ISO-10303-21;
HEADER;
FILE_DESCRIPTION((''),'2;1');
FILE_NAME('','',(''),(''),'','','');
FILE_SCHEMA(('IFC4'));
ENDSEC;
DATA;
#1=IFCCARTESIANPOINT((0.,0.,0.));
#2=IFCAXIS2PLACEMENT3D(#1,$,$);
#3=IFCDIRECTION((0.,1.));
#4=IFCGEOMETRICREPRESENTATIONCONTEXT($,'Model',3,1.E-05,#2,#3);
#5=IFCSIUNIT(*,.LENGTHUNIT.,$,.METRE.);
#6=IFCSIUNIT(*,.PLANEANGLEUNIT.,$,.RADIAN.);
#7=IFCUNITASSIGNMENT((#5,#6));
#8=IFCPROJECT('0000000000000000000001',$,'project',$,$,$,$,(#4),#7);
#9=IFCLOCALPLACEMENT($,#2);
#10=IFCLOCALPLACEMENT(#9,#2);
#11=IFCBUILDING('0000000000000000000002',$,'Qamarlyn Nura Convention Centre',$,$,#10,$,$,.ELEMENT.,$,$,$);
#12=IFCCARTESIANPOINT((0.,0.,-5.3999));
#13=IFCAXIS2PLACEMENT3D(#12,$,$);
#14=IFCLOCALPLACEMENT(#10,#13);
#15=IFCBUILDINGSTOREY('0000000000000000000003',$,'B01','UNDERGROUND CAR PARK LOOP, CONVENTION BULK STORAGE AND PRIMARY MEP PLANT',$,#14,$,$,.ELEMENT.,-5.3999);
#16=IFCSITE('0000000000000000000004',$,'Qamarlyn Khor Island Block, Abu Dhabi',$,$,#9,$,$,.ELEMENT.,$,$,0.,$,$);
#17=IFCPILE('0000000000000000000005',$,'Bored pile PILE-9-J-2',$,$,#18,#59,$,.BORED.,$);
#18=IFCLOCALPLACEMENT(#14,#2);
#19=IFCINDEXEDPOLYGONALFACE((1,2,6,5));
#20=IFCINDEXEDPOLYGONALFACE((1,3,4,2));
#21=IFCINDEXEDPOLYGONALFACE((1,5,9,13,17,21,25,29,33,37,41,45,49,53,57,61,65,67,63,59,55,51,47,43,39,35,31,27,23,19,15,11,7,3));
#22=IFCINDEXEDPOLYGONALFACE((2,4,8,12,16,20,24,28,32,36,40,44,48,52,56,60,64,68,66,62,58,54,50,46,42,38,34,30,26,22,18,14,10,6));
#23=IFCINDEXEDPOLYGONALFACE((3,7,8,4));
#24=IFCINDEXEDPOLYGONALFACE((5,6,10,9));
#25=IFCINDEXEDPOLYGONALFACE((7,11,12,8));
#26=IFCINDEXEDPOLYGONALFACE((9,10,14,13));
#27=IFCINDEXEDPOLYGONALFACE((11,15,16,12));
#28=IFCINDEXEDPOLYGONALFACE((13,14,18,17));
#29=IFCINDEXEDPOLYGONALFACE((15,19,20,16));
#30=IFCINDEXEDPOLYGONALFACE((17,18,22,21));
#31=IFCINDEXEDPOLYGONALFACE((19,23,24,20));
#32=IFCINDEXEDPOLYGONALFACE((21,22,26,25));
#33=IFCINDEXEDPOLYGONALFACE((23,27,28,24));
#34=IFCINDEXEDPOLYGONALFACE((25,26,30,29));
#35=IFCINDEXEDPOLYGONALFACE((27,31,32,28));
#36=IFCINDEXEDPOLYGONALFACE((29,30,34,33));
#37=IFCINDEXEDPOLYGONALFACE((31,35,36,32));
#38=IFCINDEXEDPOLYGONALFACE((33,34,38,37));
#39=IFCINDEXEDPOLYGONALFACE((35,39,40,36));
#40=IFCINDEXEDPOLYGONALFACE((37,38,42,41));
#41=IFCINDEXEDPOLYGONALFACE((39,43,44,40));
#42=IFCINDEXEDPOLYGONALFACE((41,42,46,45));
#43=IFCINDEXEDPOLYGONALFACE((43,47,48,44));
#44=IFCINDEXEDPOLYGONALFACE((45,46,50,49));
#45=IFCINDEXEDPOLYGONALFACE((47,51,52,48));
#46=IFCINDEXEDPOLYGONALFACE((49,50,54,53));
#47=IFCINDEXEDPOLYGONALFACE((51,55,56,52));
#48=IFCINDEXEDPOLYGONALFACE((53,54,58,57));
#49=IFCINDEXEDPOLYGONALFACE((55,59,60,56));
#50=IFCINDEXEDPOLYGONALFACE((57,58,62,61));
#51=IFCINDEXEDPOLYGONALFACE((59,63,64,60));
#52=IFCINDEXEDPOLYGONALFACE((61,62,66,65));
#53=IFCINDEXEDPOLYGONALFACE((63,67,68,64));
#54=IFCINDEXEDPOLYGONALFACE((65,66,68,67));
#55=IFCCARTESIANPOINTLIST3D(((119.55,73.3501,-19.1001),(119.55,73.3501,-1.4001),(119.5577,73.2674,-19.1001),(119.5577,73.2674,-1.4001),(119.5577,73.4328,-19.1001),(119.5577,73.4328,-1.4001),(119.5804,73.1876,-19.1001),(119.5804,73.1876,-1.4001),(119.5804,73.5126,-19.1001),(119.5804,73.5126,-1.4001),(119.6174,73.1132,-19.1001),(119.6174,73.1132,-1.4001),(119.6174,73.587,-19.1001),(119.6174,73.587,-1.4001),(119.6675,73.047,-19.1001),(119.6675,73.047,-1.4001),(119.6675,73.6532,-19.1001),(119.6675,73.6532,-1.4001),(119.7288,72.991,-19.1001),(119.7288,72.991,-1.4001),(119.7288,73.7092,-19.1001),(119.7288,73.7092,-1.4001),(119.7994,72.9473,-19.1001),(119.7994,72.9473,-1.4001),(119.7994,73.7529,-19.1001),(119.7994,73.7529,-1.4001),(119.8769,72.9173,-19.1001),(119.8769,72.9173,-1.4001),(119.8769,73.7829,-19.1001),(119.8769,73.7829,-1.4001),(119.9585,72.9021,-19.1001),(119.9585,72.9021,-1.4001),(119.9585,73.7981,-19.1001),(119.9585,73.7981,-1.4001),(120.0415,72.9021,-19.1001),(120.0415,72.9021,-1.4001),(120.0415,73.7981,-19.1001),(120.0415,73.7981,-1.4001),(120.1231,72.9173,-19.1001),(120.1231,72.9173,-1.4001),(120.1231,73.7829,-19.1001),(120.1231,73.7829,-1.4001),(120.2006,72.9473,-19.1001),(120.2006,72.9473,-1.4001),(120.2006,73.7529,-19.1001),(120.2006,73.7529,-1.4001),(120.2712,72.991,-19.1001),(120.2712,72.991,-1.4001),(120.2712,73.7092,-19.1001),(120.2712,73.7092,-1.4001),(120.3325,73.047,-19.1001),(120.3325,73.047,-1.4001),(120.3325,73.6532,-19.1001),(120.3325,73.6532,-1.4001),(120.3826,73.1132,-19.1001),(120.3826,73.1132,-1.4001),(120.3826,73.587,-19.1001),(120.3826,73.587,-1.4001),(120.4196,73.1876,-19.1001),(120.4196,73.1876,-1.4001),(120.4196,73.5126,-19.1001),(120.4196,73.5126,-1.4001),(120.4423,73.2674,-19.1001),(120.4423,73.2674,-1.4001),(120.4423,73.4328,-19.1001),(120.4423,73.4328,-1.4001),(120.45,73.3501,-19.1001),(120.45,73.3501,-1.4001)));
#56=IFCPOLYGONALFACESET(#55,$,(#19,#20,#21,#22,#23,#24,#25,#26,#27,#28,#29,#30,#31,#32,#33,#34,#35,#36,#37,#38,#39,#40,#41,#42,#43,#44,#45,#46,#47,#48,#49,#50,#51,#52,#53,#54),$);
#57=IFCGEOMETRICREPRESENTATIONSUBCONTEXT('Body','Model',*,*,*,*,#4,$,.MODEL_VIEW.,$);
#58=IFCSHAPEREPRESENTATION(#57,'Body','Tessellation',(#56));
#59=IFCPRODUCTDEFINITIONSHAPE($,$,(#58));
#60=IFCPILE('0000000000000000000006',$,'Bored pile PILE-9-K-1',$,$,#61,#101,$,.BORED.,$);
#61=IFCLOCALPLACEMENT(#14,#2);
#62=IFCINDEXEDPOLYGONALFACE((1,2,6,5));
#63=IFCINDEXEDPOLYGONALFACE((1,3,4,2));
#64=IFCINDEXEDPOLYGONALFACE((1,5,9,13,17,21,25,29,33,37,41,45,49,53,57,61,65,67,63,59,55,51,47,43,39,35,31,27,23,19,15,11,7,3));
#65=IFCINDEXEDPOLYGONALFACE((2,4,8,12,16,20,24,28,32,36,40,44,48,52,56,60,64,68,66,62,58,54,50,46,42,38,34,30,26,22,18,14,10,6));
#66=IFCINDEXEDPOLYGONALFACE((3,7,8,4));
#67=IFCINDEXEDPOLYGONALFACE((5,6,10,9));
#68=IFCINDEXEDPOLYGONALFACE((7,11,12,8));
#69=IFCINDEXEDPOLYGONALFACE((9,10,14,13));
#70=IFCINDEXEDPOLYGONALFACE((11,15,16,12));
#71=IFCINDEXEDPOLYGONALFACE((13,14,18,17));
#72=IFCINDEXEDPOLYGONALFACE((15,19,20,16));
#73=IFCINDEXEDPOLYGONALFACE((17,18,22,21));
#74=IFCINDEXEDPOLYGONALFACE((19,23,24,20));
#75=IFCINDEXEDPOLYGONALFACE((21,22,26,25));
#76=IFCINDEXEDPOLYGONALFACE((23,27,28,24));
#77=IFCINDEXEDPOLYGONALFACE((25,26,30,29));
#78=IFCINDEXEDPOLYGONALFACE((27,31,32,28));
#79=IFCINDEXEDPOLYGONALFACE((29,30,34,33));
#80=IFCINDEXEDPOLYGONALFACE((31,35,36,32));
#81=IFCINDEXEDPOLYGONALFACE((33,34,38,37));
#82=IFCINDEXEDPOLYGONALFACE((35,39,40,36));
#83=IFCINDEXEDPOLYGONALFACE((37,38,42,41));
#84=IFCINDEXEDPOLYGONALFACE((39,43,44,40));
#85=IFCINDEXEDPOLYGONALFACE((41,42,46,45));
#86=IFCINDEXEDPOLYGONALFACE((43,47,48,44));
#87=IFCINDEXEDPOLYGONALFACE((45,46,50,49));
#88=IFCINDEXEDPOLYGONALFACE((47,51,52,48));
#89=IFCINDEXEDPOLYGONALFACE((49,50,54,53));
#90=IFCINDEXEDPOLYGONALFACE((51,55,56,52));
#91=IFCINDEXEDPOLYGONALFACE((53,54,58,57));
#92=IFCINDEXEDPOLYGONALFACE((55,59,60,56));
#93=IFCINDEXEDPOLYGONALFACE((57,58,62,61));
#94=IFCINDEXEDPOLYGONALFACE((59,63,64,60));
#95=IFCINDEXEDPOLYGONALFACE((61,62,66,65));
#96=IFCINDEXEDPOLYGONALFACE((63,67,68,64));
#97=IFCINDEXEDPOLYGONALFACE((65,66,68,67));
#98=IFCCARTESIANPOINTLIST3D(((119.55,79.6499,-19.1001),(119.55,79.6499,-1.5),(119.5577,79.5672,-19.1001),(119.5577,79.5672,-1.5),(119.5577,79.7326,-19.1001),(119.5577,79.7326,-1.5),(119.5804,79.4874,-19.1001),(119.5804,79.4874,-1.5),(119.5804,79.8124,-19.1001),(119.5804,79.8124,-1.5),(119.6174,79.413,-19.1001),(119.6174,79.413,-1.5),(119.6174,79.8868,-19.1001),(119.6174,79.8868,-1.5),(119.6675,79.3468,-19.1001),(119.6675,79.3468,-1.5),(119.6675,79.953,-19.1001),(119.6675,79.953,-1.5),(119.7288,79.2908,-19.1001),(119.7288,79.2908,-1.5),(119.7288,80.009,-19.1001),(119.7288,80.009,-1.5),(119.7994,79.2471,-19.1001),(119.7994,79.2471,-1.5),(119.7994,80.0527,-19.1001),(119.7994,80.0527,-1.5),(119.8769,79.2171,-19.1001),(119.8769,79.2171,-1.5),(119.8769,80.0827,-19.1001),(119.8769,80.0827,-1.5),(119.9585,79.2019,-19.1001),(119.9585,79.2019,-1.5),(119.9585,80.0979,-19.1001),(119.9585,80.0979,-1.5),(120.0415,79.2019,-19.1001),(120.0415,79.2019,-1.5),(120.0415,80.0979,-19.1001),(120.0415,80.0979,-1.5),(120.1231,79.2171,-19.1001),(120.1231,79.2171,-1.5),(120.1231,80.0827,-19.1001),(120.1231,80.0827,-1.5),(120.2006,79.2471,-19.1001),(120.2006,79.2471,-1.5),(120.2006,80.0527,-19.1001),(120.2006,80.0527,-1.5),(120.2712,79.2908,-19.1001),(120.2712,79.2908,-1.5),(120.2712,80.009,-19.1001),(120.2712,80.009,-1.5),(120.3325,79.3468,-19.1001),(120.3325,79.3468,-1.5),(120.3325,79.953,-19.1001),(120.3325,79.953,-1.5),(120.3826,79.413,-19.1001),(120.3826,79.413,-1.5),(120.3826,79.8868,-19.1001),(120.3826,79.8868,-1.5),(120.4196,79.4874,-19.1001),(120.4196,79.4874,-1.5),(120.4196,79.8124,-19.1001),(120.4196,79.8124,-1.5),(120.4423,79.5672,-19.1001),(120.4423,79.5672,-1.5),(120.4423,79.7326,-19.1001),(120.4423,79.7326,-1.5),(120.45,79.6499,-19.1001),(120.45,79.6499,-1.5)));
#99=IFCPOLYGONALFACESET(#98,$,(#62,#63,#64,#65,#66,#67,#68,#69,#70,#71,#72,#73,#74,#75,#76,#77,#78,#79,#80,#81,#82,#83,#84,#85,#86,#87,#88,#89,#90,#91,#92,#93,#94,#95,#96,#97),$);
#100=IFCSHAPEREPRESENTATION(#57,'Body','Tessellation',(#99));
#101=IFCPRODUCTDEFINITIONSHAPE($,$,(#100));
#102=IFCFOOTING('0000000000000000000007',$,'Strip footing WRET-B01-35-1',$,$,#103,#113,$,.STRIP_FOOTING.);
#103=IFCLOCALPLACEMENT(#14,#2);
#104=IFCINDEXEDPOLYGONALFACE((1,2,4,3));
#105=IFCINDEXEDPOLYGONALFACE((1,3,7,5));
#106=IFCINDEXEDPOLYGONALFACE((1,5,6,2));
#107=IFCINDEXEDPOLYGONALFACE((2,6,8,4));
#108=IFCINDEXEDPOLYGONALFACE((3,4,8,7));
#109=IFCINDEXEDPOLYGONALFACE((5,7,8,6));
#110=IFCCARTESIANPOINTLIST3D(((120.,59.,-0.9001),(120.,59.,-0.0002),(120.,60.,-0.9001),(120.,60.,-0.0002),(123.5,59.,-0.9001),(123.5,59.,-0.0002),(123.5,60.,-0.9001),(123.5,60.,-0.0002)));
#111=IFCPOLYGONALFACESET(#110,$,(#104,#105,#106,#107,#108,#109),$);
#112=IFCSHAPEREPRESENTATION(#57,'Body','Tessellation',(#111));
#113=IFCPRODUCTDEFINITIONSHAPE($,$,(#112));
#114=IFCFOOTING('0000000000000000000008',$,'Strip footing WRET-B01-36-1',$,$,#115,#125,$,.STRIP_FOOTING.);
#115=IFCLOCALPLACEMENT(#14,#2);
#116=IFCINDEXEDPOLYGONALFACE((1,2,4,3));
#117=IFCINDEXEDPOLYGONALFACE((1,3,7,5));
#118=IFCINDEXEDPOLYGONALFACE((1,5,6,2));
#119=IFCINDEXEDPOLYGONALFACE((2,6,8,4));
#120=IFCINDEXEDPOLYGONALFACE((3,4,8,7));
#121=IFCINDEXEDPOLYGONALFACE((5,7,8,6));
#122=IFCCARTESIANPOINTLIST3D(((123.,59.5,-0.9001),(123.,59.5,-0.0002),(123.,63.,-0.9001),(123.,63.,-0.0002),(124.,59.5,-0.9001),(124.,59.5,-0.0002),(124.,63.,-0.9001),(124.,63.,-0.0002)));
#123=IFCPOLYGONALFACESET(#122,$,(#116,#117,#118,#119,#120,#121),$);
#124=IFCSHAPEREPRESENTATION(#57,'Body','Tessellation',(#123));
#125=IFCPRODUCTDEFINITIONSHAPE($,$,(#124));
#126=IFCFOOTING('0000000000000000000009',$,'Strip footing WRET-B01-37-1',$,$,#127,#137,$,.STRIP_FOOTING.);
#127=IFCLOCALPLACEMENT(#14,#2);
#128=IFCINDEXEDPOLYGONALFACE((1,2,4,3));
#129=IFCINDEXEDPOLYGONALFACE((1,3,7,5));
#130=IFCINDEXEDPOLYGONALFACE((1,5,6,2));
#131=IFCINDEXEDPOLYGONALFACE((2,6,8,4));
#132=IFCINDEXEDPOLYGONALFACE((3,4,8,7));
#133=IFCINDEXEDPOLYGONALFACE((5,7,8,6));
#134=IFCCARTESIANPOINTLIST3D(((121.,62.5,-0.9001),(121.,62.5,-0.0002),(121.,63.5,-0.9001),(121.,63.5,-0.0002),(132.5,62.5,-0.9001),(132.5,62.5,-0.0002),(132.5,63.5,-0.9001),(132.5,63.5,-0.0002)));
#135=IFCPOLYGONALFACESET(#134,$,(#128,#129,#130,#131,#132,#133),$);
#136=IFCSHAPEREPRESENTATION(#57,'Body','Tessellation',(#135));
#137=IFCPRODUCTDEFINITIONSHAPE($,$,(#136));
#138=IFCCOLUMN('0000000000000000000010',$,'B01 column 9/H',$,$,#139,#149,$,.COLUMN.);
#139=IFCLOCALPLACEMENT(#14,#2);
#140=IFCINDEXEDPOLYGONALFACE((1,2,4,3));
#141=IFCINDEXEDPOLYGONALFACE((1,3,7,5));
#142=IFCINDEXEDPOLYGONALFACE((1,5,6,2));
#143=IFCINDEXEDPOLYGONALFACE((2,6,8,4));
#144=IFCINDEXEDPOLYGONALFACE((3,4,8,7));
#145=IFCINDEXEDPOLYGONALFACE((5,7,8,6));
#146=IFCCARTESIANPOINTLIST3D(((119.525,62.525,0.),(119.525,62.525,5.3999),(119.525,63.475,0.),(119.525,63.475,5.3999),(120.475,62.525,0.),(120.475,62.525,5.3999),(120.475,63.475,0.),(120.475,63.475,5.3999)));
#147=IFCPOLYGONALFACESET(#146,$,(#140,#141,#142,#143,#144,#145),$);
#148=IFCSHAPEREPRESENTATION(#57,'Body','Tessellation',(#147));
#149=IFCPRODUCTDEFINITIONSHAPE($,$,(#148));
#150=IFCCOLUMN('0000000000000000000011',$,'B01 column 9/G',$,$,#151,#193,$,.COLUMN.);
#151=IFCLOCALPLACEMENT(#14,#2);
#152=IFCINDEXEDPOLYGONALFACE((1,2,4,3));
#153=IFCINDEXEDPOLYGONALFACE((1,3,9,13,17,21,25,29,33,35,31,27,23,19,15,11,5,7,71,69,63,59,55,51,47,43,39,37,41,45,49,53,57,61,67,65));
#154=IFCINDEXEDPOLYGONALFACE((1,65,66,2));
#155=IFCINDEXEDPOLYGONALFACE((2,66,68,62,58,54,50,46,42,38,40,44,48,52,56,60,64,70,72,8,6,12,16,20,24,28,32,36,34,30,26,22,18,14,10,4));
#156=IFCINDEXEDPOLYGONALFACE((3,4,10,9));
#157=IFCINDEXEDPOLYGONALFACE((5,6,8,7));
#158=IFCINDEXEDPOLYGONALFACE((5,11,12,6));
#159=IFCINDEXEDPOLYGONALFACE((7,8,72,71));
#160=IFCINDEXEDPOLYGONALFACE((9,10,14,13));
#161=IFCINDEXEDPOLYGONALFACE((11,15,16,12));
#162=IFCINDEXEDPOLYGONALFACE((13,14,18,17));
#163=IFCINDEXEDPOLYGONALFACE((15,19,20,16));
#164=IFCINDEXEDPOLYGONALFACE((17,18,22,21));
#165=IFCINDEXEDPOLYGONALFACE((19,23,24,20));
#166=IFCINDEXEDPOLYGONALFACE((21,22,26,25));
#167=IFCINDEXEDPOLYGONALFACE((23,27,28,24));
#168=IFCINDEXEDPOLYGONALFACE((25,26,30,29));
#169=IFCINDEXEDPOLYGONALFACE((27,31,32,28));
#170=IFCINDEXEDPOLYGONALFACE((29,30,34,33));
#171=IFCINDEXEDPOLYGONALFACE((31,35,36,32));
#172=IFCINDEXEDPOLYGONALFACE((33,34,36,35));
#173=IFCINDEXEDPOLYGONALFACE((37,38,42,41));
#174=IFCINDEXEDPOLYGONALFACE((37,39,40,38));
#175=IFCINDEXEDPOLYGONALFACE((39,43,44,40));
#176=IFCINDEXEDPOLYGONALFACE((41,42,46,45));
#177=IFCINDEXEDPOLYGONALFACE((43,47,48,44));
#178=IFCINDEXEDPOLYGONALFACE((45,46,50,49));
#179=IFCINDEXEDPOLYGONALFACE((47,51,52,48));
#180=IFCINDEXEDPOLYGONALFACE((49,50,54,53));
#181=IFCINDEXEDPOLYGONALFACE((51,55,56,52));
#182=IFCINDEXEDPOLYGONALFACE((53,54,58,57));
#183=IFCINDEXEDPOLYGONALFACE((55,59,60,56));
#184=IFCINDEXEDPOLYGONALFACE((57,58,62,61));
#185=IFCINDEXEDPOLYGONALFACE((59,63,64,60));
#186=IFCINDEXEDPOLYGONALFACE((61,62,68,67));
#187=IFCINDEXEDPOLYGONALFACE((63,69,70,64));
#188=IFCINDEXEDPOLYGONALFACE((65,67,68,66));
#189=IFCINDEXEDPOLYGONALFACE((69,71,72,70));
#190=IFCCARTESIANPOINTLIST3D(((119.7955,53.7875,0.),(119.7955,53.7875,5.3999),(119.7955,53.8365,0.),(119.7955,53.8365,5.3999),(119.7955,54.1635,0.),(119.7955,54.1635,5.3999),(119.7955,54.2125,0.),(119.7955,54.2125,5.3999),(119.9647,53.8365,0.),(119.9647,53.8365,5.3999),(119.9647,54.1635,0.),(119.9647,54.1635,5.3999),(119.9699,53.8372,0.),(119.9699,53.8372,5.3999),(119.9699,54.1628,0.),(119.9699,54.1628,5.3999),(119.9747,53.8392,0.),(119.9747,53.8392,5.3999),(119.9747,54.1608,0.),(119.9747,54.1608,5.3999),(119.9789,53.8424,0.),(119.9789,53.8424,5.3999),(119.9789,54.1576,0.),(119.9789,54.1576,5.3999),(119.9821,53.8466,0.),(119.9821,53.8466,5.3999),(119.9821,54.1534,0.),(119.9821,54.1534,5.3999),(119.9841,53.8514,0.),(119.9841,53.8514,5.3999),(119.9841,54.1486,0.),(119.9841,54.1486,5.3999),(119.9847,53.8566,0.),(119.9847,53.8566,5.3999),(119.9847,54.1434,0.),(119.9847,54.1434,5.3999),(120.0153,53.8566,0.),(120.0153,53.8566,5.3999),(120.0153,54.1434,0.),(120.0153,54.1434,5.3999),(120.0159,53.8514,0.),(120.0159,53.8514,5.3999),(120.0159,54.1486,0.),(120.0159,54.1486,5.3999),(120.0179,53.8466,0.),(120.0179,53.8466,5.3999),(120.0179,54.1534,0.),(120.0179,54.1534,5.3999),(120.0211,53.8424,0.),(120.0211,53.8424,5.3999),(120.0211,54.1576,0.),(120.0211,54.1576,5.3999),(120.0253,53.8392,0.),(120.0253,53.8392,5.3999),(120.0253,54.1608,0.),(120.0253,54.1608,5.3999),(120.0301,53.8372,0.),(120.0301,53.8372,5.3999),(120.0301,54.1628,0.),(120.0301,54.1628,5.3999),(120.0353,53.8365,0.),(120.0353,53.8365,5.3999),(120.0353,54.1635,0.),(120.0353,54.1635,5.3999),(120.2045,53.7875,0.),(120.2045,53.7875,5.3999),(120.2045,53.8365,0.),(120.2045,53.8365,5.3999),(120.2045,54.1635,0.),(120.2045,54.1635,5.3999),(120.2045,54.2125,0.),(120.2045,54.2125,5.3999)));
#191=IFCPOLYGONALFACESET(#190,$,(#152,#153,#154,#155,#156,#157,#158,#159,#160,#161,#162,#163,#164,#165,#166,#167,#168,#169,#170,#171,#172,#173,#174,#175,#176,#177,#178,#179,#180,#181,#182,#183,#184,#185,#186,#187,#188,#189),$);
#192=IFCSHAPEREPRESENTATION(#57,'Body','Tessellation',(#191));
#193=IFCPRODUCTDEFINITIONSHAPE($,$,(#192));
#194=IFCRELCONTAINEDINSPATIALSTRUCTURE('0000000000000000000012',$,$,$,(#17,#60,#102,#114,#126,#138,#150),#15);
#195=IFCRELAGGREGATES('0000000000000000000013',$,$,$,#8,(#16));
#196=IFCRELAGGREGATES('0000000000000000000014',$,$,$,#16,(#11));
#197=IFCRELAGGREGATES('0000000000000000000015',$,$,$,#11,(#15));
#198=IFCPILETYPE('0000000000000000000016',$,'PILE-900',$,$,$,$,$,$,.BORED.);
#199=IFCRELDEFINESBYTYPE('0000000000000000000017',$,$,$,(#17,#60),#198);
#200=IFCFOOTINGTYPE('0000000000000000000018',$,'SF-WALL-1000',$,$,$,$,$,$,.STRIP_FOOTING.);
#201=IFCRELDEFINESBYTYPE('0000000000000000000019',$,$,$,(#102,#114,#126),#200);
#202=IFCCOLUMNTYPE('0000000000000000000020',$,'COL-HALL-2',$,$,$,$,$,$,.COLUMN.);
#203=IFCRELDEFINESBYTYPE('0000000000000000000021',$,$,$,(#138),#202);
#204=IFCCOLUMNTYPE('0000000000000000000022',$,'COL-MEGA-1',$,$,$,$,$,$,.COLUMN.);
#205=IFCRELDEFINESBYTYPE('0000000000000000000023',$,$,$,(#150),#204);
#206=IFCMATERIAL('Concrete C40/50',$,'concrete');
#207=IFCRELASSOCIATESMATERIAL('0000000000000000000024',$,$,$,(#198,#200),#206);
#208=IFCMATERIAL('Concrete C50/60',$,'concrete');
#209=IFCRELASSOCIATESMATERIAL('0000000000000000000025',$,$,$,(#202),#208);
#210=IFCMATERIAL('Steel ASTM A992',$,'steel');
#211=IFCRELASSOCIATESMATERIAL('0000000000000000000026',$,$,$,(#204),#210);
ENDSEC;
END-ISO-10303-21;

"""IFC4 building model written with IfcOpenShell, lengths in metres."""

from ifc_helpers import new_model, si_unit, direction, frame, origin, origin_2d, place, context, subcontext, project, spatial, rectangle, circle, i_section, extrude, material, material_profile, profile_set, type_object, element, save


model = new_model("IFC4")

# Units and contexts
model_context = context("Model", 3, precision=1e-05, world=origin(), true_north=direction((0.0, 1.0)))
body_context = subcontext(model_context, "Body", "Model", "MODEL_VIEW")
ifc_project = project(units=[si_unit("LENGTHUNIT", "METRE"), si_unit("PLANEANGLEUNIT", "RADIAN")], contexts=[model_context])

# Site, building, storey
site_placement = place(None, origin())
site = spatial("IfcSite", under=ifc_project, at=site_placement, Name="Qamarlyn Khor Island Block, Abu Dhabi", CompositionType="ELEMENT", RefElevation=0.0)
building_placement = place(site_placement, origin())
building = spatial("IfcBuilding", under=site, at=building_placement, Name="Qamarlyn Nura Convention Centre", CompositionType="ELEMENT")
storey_placement = place(building_placement, frame((0.0, 0.0, -5.3999)))
storey = spatial("IfcBuildingStorey", under=building, at=storey_placement, Name="B01", Description="UNDERGROUND CAR PARK LOOP, CONVENTION BULK STORAGE AND PRIMARY MEP PLANT", CompositionType="ELEMENT", Elevation=-5.3999)

# Shared definitions
ifc_material_1 = material(Name="Concrete C40/50", Category="concrete")

# Piles
ifc_material_profile_1 = material_profile(ifc_material_1, circle(Radius=0.45, at=origin_2d()), Name="BORED PILE 900")
ifc_profile_set_1 = profile_set([ifc_material_profile_1], Name="Concrete C40/50")
pile_type = type_object("IfcPileType", Name="PILE-900", PredefinedType="BORED", material=ifc_profile_set_1)
for number, where, z_axis, x_axis, name in (
    (1, (120.0, 73.3501, -1.4001), (0.0, 0.0, -1.0), (1.0, 0.0, 0.0), "Bored pile PILE-9-J-2"),
):
    element("IfcPile", number, at=place(storey_placement, frame(where, z_axis=z_axis, x_axis=x_axis)), inside=storey, type_object=pile_type, Name=name, PredefinedType="BORED", context=body_context, shape_type="SweptSolid", body=[
        extrude(circle(Radius=0.45, at=origin_2d()), origin(), (0.0, 0.0, 1.0), 17.7),
    ])
pile_placement = place(storey_placement, frame((120.0, 79.6499, -1.5), z_axis=(0.0, 0.0, -1.0), x_axis=(1.0, 0.0, 0.0)))
element("IfcPile", 2, at=pile_placement, inside=storey, type_object=pile_type, Name="Bored pile PILE-9-K-1", PredefinedType="BORED", context=body_context, shape_type="SweptSolid", body=[
    extrude(circle(Radius=0.45, at=origin_2d()), origin(), (0.0, 0.0, 1.0), 17.6001),
])

# Footings
ifc_material_profile_2 = material_profile(ifc_material_1, rectangle(XDim=1.0, YDim=0.8999, at=origin_2d()), Name="RC STRIP 1000x900")
ifc_profile_set_2 = profile_set([ifc_material_profile_2], Name="Concrete C40/50")
footing_type_1 = type_object("IfcFootingType", Name="SF-WALL-1000", PredefinedType="STRIP_FOOTING", material=ifc_profile_set_2)
for number, where, z_axis, x_axis, name in (
    (3, (120.0, 59.5, -0.4502), (1.0, 0.0, 0.0), (0.0, 1.0, 0.0), "Strip footing WRET-B01-35-1"),
    (4, (123.5, 59.5, -0.4502), (0.0, 1.0, 0.0), (-1.0, 0.0, 0.0), "Strip footing WRET-B01-36-1"),
):
    element("IfcFooting", number, at=place(storey_placement, frame(where, z_axis=z_axis, x_axis=x_axis)), inside=storey, type_object=footing_type_1, Name=name, PredefinedType="STRIP_FOOTING", context=body_context, shape_type="SweptSolid", body=[
        extrude(rectangle(XDim=1.0, YDim=0.8999, at=origin_2d()), origin(), (0.0, 0.0, 1.0), 3.5),
    ])
footing_1_placement = place(storey_placement, frame((121.0, 63.0, -0.4502), z_axis=(1.0, 0.0, 0.0), x_axis=(0.0, 1.0, 0.0)))
element("IfcFooting", 5, at=footing_1_placement, inside=storey, type_object=footing_type_1, Name="Strip footing WRET-B01-37-1", PredefinedType="STRIP_FOOTING", context=body_context, shape_type="SweptSolid", body=[
    extrude(rectangle(XDim=1.0, YDim=0.8999, at=origin_2d()), origin(), (0.0, 0.0, 1.0), 11.5),
])

# Columns
ifc_material_2 = material(Name="Concrete C50/60", Category="concrete")
ifc_material_profile_3 = material_profile(ifc_material_2, rectangle(XDim=0.95, YDim=0.95, at=origin_2d()), Name="RC 950x950")
ifc_profile_set_3 = profile_set([ifc_material_profile_3], Name="Concrete C50/60")
column_type_1 = type_object("IfcColumnType", Name="COL-HALL-2", PredefinedType="COLUMN", material=ifc_profile_set_3)
column_1_placement = place(storey_placement, frame((120.0, 63.0, 0.0), z_axis=(0.0, 0.0, 1.0), x_axis=(1.0, 0.0, 0.0)))
element("IfcColumn", 6, at=column_1_placement, inside=storey, type_object=column_type_1, Name="B01 column 9/H", PredefinedType="COLUMN", context=body_context, shape_type="SweptSolid", body=[
    extrude(rectangle(XDim=0.95, YDim=0.95, at=origin_2d()), origin(), (0.0, 0.0, 1.0), 5.3999),
])
ifc_material_3 = material(Name="Steel ASTM A992", Category="steel")
ifc_material_profile_4 = material_profile(ifc_material_3, i_section(OverallWidth=0.4089, OverallDepth=0.425, WebThickness=0.0305, FlangeThickness=0.0491, FilletRadius=0.02, at=origin_2d()), Name="W360X421")
ifc_profile_set_4 = profile_set([ifc_material_profile_4], Name="Steel ASTM A992")
column_type_2 = type_object("IfcColumnType", Name="COL-MEGA-1", PredefinedType="COLUMN", material=ifc_profile_set_4)
column_2_placement = place(storey_placement, frame((120.0, 54.0, 0.0), z_axis=(0.0, 0.0, 1.0), x_axis=(1.0, 0.0, 0.0)))
element("IfcColumn", 7, at=column_2_placement, inside=storey, type_object=column_type_2, Name="B01 column 9/G", PredefinedType="COLUMN", context=body_context, shape_type="SweptSolid", body=[
    extrude(i_section(OverallWidth=0.4089, OverallDepth=0.425, WebThickness=0.0305, FlangeThickness=0.0491, FilletRadius=0.02, at=origin_2d()), origin(), (0.0, 0.0, 1.0), 5.3999),
])

save(model, "model.ifc")
